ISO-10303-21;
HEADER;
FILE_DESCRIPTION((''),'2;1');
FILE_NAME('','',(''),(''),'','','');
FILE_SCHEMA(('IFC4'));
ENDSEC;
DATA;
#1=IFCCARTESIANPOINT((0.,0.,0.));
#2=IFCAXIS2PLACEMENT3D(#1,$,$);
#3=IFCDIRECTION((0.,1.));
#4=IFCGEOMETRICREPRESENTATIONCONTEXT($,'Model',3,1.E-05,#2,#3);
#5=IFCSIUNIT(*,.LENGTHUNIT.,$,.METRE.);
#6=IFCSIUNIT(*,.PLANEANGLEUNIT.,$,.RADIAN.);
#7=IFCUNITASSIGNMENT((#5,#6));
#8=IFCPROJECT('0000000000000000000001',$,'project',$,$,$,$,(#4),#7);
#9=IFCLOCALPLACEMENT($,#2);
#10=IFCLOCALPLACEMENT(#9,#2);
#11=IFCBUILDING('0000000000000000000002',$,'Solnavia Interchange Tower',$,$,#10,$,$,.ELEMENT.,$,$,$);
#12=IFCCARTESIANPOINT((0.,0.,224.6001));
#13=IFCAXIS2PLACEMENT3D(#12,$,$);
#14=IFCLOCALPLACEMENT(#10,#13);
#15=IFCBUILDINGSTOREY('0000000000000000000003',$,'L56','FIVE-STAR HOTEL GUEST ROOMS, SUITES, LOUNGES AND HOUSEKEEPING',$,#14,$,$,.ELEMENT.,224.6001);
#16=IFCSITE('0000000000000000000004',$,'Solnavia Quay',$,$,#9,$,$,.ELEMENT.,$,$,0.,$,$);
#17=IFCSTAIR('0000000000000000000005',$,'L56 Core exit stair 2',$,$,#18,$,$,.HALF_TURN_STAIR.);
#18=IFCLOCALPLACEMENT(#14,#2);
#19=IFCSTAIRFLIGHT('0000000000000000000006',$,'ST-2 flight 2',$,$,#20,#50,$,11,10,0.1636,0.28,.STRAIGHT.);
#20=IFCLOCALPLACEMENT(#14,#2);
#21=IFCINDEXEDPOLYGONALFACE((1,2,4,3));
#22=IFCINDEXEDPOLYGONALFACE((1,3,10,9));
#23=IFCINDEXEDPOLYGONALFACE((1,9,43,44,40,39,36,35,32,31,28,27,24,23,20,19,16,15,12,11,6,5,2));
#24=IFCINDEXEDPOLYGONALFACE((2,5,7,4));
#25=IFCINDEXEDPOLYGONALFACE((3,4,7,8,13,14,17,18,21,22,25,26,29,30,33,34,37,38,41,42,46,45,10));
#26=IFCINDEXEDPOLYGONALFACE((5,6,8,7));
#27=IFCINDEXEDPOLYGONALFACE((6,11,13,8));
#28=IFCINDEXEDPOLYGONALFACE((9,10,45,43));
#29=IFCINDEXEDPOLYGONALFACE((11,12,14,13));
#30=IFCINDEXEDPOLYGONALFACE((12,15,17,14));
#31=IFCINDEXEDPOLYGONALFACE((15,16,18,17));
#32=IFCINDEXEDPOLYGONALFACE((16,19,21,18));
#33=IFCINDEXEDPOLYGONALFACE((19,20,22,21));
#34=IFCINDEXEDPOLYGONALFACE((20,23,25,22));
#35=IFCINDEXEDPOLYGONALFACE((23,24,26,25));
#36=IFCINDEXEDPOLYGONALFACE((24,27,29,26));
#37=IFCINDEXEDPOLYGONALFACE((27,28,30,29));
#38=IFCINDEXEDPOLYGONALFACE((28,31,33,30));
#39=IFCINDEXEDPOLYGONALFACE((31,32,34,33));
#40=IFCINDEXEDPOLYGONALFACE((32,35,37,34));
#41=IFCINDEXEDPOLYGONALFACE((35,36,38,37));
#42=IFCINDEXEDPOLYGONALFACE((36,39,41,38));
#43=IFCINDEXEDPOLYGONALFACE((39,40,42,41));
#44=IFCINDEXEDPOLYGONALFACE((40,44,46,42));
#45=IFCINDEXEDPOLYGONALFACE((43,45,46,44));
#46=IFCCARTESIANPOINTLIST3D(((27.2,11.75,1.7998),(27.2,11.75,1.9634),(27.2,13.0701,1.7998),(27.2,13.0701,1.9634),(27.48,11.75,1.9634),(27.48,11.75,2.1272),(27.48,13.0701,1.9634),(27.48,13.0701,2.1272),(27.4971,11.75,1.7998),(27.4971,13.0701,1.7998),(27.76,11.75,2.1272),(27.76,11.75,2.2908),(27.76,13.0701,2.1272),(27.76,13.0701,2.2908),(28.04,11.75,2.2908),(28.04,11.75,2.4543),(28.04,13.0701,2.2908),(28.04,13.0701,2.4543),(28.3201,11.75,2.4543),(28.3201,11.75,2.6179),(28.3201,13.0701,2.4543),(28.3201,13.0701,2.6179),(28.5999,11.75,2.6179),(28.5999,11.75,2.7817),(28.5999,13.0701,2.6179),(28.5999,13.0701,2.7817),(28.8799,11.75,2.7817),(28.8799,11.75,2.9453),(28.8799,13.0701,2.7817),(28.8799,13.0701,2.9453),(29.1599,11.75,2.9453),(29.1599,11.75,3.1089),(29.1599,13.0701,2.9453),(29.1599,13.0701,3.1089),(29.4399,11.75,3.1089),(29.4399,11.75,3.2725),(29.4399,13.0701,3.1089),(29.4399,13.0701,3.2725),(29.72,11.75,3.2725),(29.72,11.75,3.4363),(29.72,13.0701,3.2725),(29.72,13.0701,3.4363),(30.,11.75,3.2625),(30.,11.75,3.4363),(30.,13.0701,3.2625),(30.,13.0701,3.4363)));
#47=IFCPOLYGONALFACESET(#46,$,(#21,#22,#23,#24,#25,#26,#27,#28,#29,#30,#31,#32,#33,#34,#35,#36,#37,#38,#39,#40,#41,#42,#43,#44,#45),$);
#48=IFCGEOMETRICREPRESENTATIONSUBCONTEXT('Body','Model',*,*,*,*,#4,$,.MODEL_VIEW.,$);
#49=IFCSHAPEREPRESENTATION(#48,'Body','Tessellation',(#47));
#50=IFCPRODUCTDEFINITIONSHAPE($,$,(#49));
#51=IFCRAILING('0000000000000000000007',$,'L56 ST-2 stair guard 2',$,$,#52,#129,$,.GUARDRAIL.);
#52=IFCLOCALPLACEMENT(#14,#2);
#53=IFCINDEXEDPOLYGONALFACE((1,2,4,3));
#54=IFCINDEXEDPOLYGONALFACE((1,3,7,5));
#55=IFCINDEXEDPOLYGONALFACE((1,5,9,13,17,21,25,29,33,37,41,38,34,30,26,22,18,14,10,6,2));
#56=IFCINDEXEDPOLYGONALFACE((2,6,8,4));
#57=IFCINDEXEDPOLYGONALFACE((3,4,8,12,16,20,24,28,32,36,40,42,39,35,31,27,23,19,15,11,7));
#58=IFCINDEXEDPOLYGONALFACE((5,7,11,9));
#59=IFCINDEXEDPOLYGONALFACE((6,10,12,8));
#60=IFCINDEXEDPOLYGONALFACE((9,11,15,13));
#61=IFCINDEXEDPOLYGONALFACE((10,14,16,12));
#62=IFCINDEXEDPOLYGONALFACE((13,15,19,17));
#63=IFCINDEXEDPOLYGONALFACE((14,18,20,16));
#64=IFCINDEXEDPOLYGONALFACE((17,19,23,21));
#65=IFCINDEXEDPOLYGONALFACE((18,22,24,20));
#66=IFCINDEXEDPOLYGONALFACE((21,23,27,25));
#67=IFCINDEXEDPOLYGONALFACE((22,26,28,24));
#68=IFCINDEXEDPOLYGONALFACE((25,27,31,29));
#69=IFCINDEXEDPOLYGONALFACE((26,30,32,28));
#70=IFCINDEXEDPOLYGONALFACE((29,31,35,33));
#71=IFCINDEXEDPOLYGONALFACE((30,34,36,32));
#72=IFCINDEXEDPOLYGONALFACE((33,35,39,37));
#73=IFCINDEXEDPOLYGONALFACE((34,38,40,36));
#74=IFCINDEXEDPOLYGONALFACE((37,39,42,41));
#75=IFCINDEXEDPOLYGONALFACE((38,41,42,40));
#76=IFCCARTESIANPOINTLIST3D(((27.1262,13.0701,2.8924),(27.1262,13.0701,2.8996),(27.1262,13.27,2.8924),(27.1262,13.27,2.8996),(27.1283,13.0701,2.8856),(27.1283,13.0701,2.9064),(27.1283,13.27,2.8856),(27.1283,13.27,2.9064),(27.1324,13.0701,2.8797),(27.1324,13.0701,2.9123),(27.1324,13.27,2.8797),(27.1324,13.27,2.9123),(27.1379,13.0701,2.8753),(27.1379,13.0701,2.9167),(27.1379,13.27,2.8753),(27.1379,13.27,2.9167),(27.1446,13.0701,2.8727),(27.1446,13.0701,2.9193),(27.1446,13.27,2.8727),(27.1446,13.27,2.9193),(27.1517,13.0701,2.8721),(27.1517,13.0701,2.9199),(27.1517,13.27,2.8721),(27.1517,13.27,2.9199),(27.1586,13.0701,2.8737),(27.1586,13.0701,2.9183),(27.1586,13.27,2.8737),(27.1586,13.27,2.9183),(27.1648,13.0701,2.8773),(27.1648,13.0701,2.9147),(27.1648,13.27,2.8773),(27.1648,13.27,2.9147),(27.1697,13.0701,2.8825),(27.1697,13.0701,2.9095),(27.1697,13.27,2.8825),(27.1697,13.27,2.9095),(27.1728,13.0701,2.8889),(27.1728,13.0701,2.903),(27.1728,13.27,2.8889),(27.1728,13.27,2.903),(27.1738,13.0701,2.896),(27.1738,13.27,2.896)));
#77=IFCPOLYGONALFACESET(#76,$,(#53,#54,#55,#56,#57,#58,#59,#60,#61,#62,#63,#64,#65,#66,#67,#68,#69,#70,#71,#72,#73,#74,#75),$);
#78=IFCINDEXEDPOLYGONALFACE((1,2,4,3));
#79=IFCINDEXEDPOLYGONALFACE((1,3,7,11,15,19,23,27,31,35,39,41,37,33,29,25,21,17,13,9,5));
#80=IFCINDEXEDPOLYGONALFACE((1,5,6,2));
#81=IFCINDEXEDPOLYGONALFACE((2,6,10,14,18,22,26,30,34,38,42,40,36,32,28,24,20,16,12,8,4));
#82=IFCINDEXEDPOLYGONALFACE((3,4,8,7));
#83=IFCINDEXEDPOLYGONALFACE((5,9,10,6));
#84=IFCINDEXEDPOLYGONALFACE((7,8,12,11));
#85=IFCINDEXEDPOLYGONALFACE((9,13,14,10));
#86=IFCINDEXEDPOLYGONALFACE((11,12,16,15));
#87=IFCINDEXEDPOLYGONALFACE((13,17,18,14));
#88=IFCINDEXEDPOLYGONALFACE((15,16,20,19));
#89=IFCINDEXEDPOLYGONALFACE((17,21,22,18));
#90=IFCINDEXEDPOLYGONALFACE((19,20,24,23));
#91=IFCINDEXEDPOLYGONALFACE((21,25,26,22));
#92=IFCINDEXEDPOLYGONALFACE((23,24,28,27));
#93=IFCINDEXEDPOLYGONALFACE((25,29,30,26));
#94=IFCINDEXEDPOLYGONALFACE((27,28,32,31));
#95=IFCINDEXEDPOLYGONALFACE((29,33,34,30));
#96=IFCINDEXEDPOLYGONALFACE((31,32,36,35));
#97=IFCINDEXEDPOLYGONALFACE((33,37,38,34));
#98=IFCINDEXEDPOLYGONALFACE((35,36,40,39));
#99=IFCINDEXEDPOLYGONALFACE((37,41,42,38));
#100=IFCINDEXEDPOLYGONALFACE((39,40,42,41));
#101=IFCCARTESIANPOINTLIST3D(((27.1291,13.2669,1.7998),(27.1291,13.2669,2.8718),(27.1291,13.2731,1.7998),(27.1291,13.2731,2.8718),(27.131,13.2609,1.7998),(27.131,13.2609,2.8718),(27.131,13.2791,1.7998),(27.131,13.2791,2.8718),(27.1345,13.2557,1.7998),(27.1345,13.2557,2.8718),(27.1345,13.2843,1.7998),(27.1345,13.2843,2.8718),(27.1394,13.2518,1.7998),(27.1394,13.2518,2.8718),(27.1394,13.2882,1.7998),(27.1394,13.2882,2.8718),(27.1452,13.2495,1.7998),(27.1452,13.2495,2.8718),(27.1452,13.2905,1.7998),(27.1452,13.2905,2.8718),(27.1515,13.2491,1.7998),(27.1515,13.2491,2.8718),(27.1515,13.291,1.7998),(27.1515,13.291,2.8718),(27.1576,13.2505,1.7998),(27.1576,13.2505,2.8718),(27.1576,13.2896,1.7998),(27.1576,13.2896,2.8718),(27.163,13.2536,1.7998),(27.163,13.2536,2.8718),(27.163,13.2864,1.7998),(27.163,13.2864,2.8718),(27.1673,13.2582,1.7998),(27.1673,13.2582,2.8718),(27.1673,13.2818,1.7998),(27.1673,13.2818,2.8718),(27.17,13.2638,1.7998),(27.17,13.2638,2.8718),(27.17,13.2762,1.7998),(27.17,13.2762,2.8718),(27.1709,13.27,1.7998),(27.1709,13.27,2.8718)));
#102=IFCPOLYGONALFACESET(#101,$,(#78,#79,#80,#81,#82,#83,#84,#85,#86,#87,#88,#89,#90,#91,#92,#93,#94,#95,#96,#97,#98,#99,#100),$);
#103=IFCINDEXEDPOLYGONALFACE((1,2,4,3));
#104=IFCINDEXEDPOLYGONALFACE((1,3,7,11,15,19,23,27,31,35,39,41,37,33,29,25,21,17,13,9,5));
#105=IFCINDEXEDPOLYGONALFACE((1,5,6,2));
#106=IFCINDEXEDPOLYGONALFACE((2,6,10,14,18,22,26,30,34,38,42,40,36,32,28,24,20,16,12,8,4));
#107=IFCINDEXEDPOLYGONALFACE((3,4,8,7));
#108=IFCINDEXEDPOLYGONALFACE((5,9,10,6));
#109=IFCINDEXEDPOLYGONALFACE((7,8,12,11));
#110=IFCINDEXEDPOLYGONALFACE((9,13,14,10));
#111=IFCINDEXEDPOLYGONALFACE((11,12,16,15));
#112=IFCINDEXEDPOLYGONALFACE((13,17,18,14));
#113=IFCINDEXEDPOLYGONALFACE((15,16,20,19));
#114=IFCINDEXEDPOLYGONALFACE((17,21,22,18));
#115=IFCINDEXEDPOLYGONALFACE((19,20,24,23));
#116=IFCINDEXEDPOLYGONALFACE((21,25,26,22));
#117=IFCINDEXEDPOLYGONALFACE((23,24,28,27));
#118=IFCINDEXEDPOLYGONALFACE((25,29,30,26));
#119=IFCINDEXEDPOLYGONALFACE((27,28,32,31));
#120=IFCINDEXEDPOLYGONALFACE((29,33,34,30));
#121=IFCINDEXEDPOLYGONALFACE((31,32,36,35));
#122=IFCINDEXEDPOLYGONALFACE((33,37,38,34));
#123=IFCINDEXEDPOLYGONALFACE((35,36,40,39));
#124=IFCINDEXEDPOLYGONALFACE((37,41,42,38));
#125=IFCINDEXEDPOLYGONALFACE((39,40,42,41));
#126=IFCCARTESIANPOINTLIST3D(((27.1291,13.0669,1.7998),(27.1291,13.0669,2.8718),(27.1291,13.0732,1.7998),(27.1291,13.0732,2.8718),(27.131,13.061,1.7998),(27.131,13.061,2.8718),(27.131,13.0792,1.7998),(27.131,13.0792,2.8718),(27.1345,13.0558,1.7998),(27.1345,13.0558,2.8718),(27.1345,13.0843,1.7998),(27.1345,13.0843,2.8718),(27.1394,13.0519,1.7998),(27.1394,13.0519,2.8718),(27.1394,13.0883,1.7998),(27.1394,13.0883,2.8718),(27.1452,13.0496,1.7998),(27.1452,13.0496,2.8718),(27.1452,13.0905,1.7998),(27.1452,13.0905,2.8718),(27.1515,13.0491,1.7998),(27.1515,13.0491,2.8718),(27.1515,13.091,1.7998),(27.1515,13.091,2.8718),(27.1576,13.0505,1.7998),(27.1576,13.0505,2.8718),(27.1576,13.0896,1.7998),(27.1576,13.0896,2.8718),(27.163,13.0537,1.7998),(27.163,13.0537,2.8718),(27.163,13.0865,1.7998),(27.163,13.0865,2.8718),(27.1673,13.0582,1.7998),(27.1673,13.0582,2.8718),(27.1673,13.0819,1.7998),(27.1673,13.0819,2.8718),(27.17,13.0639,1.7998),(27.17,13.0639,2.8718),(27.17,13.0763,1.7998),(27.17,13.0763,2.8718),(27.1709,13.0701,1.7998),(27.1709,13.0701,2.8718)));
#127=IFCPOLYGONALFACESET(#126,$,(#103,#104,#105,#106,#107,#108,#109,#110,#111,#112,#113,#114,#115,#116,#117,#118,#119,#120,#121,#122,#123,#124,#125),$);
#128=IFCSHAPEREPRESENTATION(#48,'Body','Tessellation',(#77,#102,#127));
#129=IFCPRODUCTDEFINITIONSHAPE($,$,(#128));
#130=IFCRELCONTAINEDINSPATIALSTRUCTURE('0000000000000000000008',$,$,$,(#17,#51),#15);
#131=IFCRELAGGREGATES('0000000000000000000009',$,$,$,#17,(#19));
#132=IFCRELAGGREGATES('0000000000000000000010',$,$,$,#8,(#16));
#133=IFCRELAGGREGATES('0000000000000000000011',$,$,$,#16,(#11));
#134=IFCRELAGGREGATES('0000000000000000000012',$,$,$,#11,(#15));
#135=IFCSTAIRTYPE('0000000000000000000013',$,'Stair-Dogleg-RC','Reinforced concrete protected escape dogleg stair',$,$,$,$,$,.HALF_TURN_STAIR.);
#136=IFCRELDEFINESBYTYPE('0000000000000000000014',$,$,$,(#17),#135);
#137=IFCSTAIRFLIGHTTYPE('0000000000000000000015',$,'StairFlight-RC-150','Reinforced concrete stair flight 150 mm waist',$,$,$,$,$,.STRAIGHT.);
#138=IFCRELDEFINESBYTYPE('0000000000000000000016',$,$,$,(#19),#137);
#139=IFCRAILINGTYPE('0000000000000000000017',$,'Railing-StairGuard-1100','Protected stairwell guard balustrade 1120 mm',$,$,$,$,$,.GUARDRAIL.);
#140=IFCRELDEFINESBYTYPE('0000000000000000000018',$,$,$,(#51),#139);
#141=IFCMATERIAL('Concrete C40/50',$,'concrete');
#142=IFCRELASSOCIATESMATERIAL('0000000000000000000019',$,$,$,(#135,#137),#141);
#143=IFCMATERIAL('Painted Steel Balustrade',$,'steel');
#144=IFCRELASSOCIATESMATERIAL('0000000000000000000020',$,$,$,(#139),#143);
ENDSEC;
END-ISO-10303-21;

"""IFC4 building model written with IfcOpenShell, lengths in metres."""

from ifc_helpers import new_model, si_unit, direction, frame, origin, origin_2d, place, context, subcontext, project, spatial, polyline, circle, outline, extrude, material, type_object, element, aggregate, save


model = new_model("IFC4")

# Units and contexts
model_context = context("Model", 3, precision=1e-05, world=origin(), true_north=direction((0.0, 1.0)))
body_context = subcontext(model_context, "Body", "Model", "MODEL_VIEW")
ifc_project = project(units=[si_unit("LENGTHUNIT", "METRE"), si_unit("PLANEANGLEUNIT", "RADIAN")], contexts=[model_context])

# Site, building, storey
site_placement = place(None, origin())
site = spatial("IfcSite", under=ifc_project, at=site_placement, Name="Solnavia Quay", CompositionType="ELEMENT", RefElevation=0.0)
building_placement = place(site_placement, origin())
building = spatial("IfcBuilding", under=site, at=building_placement, Name="Solnavia Interchange Tower", CompositionType="ELEMENT")
storey_placement = place(building_placement, frame((0.0, 0.0, 224.6001)))
storey = spatial("IfcBuildingStorey", under=building, at=storey_placement, Name="L56", Description="FIVE-STAR HOTEL GUEST ROOMS, SUITES, LOUNGES AND HOUSEKEEPING", CompositionType="ELEMENT", Elevation=224.6001)

# Shared definitions
ifc_material_1 = material(Name="Concrete C40/50", Category="concrete")

# Stair, stair flight
stair_type = type_object("IfcStairType", Name="Stair-Dogleg-RC", Description="Reinforced concrete protected escape dogleg stair", PredefinedType="HALF_TURN_STAIR", material=ifc_material_1)
stair_placement = place(storey_placement, origin())
stair = element("IfcStair", 1, at=stair_placement, inside=storey, type_object=stair_type, Name="L56 Core exit stair 2", PredefinedType="HALF_TURN_STAIR")
stair_flight_type = type_object("IfcStairFlightType", Name="StairFlight-RC-150", Description="Reinforced concrete stair flight 150 mm waist", PredefinedType="STRAIGHT", material=ifc_material_1)
stair_flight_placement = place(storey_placement, frame((27.2, 12.4099, 1.7998), z_axis=(0.0, 0.0, 1.0), x_axis=(1.0, 0.0, 0.0)))
stair_flight = element("IfcStairFlight", 2, at=stair_flight_placement, type_object=stair_flight_type, Name="ST-2 flight 2", NumberOfRisers=11, NumberOfTreads=10, PredefinedType="STRAIGHT", RiserHeight=0.1636, TreadLength=0.28, context=body_context, shape_type="SweptSolid", body=[
    extrude(outline(polyline([(0.0, 0.0), (0.0, 0.1636), (0.28, 0.1636), (0.28, 0.3274), (0.5601, 0.3274), (0.5601, 0.491), (0.8401, 0.491), (0.8401, 0.6545), (1.1201, 0.6545), (1.1201, 0.8181), (1.3999, 0.8181), (1.3999, 0.9819), (1.6799, 0.9819), (1.6799, 1.1455), (1.96, 1.1455), (1.96, 1.3091), (2.24, 1.3091), (2.24, 1.4727), (2.52, 1.4727), (2.52, 1.6365), (2.8, 1.6365), (2.8, 1.8), (2.8, 1.4626), (0.2971, 0.0), (0.0, 0.0)])), frame((0.0, 0.6602, 0.0), z_axis=(0.0, -1.0, 0.0), x_axis=(1.0, 0.0, 0.0)), (0.0, 0.0, 1.0), 1.3201),
])
aggregate(stair, [stair_flight])

# Railing
ifc_material_2 = material(Name="Painted Steel Balustrade", Category="steel")
railing_type_1 = type_object("IfcRailingType", Name="Railing-StairGuard-1100", Description="Protected stairwell guard balustrade 1120 mm", PredefinedType="GUARDRAIL", material=ifc_material_2)
railing_1_placement = place(storey_placement, frame((27.1499, 13.27, 1.7998)))
element("IfcRailing", 3, at=railing_1_placement, inside=storey, type_object=railing_type_1, Name="L56 ST-2 stair guard 2", PredefinedType="GUARDRAIL", context=body_context, shape_type="SweptSolid", body=[
    extrude(circle(Radius=0.0239, at=origin_2d()), frame((0.0, 0.0, 1.0962), z_axis=(0.0, -1.0, 0.0), x_axis=(1.0, 0.0, 0.0)), (0.0, 0.0, 1.0), 0.2),
    extrude(circle(Radius=0.021, at=origin_2d()), origin(), (0.0, 0.0, 1.0), 1.072),
    extrude(circle(Radius=0.021, at=origin_2d()), frame((0.0, -0.2, 0.0)), (0.0, 0.0, 1.0), 1.072),
])

save(model, "model.ifc")
